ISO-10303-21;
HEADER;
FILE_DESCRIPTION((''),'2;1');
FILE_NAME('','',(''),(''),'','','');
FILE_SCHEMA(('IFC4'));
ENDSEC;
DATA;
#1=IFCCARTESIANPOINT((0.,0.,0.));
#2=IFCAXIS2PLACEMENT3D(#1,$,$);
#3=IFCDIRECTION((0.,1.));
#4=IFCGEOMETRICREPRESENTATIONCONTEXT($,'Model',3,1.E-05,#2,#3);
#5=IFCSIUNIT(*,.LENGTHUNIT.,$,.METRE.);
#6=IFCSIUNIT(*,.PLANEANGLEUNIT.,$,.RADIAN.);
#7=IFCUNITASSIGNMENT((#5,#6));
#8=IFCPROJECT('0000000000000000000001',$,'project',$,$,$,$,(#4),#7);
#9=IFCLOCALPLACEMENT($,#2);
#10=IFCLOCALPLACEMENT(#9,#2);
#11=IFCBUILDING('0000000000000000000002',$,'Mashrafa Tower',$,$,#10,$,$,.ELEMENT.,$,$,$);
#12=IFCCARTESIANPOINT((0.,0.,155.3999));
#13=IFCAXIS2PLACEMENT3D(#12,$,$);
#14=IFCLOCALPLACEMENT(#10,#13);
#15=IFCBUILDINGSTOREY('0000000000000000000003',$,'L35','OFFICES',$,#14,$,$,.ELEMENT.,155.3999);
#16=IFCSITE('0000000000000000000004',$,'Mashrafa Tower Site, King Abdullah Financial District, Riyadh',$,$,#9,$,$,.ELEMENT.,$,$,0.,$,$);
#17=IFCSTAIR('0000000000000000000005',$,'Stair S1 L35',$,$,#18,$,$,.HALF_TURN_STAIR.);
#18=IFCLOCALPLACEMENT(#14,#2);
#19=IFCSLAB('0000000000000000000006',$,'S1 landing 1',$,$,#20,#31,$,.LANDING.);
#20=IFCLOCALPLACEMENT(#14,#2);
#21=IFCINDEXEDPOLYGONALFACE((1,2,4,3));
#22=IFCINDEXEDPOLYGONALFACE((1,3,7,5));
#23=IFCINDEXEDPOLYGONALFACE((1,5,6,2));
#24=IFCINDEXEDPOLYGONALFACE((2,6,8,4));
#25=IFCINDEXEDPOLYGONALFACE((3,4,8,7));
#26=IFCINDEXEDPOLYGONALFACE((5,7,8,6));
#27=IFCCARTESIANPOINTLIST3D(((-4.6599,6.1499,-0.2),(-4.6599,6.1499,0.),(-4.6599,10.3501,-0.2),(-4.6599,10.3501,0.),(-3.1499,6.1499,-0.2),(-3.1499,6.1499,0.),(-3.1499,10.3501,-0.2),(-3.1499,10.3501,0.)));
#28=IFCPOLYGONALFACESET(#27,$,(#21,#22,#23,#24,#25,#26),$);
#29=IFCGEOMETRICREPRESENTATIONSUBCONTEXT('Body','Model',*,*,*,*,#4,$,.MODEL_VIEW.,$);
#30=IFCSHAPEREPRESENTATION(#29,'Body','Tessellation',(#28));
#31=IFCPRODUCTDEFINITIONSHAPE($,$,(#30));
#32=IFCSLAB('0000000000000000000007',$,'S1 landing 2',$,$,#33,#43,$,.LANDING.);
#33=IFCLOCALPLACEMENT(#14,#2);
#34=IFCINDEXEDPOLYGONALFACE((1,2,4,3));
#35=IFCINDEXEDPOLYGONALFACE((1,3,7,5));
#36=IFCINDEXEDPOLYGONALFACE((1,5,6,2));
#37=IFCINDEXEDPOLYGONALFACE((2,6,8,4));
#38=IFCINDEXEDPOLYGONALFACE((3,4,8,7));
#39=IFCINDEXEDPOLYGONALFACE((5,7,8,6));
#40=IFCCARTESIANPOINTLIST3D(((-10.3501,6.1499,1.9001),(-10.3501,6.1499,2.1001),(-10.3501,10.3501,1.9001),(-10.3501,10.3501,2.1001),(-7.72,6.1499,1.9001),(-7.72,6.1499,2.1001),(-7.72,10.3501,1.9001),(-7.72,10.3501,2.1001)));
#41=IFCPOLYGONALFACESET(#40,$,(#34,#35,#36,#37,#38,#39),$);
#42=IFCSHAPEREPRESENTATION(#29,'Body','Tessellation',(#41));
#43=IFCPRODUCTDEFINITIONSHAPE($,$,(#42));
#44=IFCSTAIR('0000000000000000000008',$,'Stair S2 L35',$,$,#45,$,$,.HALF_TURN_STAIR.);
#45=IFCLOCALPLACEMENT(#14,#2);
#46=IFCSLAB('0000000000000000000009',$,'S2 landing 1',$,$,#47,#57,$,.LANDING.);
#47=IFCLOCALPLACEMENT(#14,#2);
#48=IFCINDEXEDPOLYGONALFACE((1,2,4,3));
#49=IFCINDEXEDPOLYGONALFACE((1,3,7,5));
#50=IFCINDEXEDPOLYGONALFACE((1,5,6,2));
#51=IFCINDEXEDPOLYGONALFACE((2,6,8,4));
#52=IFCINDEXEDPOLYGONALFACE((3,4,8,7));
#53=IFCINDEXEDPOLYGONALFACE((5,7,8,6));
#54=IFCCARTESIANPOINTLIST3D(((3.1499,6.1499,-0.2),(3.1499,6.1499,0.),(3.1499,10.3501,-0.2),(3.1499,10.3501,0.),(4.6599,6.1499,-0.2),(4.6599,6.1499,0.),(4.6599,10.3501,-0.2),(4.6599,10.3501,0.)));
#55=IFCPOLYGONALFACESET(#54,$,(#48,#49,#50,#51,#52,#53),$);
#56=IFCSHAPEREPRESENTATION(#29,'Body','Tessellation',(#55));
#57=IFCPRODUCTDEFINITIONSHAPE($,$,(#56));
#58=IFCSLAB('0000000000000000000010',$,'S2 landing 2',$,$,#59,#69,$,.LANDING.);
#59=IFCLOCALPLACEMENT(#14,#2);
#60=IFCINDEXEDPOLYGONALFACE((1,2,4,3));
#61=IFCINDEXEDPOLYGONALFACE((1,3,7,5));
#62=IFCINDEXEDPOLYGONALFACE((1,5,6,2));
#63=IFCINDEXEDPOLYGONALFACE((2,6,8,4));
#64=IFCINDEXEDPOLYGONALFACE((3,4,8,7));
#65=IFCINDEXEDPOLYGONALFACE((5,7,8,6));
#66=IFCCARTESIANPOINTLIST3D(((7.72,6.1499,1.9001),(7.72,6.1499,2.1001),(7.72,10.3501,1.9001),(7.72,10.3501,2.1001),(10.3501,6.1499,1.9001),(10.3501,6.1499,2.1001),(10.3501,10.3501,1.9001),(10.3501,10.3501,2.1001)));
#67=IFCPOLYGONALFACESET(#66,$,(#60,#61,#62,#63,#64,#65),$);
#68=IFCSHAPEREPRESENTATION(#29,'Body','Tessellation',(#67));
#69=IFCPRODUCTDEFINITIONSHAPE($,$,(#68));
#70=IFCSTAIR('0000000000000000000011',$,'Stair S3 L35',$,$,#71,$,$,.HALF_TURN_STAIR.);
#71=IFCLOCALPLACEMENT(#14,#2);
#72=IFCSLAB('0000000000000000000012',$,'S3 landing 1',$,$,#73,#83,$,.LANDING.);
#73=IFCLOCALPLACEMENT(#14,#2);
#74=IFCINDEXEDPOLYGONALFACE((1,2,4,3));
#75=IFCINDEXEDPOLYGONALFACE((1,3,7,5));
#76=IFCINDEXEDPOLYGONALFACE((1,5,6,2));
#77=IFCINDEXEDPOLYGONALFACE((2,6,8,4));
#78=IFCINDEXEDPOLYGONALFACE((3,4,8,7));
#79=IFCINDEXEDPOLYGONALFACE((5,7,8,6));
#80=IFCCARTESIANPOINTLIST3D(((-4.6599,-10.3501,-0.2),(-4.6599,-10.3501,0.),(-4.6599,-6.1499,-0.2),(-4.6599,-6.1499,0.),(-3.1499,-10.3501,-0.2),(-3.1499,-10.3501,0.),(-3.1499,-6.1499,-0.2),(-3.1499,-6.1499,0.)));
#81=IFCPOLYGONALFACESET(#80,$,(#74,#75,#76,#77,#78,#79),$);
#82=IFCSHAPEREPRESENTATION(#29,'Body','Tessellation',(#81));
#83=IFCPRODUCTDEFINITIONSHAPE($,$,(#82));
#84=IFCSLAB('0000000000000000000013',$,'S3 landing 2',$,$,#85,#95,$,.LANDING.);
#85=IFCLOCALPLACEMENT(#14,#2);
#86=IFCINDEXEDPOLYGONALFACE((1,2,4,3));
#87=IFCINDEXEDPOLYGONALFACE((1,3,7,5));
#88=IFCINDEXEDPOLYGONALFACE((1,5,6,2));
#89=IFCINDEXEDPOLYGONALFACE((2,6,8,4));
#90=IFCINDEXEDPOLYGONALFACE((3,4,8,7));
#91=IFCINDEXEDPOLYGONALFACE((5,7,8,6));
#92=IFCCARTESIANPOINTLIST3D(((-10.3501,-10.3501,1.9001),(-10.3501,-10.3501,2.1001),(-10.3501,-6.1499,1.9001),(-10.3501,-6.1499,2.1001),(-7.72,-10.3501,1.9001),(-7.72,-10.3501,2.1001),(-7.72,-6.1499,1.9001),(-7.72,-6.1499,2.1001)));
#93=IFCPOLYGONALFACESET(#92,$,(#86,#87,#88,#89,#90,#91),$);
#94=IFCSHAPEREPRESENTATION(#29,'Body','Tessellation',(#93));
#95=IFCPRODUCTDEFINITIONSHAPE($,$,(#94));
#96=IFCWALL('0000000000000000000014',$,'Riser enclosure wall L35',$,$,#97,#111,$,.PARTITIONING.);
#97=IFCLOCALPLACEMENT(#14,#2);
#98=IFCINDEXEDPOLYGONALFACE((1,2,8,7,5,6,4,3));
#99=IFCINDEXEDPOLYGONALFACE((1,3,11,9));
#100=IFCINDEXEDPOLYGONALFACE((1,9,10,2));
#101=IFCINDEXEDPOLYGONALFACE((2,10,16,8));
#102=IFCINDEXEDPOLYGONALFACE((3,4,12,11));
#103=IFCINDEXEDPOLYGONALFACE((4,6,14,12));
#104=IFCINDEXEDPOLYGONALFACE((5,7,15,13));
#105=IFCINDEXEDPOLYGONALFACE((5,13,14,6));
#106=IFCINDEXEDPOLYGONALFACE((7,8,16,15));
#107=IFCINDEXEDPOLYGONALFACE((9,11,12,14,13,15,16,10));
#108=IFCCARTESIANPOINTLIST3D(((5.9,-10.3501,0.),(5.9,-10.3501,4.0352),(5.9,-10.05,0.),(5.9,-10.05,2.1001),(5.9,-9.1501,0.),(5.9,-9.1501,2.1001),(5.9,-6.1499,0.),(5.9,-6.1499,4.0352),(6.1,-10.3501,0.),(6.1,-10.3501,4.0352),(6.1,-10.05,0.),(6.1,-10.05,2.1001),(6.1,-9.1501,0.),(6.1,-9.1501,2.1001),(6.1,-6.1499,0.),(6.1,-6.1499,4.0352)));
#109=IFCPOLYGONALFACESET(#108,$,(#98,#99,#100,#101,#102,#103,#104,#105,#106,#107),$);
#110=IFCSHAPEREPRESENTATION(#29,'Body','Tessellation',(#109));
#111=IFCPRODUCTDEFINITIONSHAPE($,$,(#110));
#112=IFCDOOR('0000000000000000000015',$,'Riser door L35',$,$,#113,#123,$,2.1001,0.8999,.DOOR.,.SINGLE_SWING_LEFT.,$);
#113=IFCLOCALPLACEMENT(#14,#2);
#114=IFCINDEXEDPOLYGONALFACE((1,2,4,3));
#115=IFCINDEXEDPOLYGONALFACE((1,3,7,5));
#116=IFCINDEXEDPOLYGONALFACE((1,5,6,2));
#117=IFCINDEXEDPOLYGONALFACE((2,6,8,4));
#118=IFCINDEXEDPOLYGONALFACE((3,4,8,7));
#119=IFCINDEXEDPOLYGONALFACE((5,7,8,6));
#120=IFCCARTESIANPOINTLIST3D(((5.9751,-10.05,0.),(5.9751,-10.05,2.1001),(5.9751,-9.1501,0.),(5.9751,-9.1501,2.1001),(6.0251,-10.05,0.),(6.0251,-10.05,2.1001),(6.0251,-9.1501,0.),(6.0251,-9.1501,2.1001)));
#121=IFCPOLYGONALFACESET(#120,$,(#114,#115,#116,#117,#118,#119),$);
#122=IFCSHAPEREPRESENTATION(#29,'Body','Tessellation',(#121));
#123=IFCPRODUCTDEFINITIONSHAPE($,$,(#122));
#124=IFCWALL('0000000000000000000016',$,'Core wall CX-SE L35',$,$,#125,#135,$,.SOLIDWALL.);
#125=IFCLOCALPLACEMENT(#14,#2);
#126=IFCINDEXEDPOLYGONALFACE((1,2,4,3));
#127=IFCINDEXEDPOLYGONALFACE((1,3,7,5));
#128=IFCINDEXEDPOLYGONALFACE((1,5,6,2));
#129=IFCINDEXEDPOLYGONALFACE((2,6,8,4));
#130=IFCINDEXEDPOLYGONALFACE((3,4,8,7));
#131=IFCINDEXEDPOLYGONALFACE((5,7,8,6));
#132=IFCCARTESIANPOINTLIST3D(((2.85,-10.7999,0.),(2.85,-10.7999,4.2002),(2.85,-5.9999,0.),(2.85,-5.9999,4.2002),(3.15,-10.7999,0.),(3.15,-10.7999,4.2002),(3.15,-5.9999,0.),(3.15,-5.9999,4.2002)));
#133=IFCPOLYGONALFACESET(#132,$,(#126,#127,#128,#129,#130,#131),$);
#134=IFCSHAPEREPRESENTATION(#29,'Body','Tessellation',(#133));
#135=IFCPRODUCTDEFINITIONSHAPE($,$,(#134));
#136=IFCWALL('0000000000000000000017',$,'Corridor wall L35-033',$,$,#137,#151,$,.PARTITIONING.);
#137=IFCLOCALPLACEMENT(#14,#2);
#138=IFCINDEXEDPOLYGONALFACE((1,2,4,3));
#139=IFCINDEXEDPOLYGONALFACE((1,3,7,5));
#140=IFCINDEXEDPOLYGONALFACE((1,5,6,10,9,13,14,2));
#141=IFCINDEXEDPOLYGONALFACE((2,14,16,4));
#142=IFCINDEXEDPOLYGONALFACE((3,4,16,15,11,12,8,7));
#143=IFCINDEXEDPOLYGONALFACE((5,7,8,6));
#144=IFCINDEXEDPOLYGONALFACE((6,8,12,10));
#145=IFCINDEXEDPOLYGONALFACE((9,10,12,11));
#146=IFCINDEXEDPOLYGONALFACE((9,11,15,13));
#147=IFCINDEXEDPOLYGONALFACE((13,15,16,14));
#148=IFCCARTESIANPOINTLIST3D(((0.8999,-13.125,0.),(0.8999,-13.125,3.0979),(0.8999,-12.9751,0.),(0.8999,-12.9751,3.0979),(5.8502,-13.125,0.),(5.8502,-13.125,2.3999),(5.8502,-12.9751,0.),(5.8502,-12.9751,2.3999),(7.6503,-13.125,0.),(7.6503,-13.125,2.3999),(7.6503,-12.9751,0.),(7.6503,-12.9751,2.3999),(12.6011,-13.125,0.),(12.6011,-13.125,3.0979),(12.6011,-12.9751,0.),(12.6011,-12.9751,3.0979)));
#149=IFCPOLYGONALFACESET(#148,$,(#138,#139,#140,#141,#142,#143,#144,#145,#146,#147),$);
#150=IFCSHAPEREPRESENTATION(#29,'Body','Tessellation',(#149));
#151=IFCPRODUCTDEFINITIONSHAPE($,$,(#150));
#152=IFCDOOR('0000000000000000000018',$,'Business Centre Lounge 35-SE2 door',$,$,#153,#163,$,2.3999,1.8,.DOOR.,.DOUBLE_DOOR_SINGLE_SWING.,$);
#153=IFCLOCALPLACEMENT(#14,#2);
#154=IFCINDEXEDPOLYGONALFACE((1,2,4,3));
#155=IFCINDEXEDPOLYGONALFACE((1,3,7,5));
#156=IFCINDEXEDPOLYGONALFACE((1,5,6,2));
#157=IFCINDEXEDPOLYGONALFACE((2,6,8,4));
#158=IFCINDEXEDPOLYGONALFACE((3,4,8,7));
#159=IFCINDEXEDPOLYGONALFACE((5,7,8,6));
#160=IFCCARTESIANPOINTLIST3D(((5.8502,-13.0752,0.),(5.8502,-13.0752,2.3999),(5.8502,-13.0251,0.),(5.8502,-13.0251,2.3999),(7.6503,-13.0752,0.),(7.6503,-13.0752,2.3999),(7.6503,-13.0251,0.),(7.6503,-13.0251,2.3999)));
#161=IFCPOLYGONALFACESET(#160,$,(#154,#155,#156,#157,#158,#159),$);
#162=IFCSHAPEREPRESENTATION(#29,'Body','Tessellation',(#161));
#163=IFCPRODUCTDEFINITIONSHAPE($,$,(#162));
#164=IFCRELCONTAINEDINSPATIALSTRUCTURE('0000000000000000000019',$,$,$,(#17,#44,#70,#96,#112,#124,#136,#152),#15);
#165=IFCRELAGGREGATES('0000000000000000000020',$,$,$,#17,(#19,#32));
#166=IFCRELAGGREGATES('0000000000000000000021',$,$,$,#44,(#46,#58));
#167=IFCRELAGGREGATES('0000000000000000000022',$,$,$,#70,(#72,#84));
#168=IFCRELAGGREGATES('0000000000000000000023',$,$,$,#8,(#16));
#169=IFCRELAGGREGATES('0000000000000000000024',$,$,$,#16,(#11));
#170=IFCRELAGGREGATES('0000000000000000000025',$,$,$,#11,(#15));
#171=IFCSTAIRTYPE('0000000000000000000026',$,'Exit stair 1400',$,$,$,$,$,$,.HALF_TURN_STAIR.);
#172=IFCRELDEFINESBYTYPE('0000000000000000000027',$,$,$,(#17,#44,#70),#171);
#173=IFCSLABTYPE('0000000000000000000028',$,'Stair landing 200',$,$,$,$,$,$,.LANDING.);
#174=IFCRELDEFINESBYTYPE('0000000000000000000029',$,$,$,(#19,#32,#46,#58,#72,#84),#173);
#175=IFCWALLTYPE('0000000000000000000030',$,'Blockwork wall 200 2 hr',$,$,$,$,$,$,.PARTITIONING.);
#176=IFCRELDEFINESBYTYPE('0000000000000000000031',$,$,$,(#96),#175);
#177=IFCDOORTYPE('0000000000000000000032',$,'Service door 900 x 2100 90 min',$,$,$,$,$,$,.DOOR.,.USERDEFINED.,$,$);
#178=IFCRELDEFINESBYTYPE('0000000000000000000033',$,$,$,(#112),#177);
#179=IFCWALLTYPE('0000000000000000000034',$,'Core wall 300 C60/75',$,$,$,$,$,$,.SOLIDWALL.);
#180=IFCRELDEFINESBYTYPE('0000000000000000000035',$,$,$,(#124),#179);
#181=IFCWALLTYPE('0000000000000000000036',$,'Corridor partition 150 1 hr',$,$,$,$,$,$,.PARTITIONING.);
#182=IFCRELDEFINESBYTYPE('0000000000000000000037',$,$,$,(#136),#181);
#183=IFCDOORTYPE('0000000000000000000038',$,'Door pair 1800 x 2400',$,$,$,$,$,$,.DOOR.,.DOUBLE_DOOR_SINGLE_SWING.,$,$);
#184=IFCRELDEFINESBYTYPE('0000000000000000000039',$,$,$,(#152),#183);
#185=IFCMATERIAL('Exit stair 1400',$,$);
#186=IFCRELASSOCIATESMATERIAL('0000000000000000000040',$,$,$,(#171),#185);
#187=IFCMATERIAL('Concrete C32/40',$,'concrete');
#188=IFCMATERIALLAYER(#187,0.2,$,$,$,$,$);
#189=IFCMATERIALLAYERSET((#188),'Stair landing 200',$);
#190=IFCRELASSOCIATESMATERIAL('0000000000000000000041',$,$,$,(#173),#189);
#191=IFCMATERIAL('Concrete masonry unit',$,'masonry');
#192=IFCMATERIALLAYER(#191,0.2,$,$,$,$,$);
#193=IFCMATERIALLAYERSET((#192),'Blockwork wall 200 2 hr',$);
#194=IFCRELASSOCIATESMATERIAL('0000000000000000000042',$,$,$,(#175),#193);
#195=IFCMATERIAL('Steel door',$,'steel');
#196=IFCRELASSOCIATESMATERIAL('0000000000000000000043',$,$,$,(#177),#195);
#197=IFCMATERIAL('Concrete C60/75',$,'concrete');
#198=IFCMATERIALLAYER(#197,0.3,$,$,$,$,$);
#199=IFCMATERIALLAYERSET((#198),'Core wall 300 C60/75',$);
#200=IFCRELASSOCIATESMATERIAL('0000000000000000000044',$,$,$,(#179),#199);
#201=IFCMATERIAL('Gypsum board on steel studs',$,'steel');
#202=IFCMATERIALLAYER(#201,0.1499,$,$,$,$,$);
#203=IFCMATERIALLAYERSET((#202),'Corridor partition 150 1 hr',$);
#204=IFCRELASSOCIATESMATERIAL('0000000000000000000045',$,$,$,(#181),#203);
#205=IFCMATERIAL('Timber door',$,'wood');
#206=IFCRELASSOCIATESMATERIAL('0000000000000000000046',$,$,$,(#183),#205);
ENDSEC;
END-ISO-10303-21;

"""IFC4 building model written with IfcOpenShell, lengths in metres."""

from ifc_helpers import new_model, si_unit, direction, frame, frame_2d, origin, place, context, subcontext, project, spatial, polyline, rectangle, outline, extrude, material, layer, layer_set, type_object, element, fill, aggregate, save


model = new_model("IFC4")

# Units and contexts
model_context = context("Model", 3, precision=1e-05, world=origin(), true_north=direction((0.0, 1.0)))
body_context = subcontext(model_context, "Body", "Model", "MODEL_VIEW")
ifc_project = project(units=[si_unit("LENGTHUNIT", "METRE"), si_unit("PLANEANGLEUNIT", "RADIAN")], contexts=[model_context])

# Site, building, storey
site_placement = place(None, origin())
site = spatial("IfcSite", under=ifc_project, at=site_placement, Name="Mashrafa Tower Site, King Abdullah Financial District, Riyadh", CompositionType="ELEMENT", RefElevation=0.0)
building_placement = place(site_placement, origin())
building = spatial("IfcBuilding", under=site, at=building_placement, Name="Mashrafa Tower", CompositionType="ELEMENT")
storey_placement = place(building_placement, frame((0.0, 0.0, 155.3999)))
storey = spatial("IfcBuildingStorey", under=building, at=storey_placement, Name="L35", Description="OFFICES", CompositionType="ELEMENT", Elevation=155.3999)

# Stairs, slabs
ifc_material_1 = material(Name="Exit stair 1400")
stair_type = type_object("IfcStairType", Name="Exit stair 1400", PredefinedType="HALF_TURN_STAIR", material=ifc_material_1)
stair_1_placement = place(storey_placement, origin())
stair_1 = element("IfcStair", 1, at=stair_1_placement, inside=storey, type_object=stair_type, Name="Stair S1 L35", PredefinedType="HALF_TURN_STAIR")
ifc_material_2 = material(Name="Concrete C32/40", Category="concrete")
ifc_layer_1 = layer(ifc_material_2, 0.2)
ifc_layer_set_1 = layer_set([ifc_layer_1], Name="Stair landing 200")
slab_type = type_object("IfcSlabType", Name="Stair landing 200", PredefinedType="LANDING", material=ifc_layer_set_1)
slab_1_placement = place(storey_placement, frame((0.0, 0.0, -0.2)))
slab_1 = element("IfcSlab", 2, at=slab_1_placement, type_object=slab_type, Name="S1 landing 1", PredefinedType="LANDING", context=body_context, shape_type="SweptSolid", body=[
    extrude(outline(polyline([(-4.6599, 6.1499), (-3.1499, 6.1499), (-3.1499, 10.3501), (-4.6599, 10.3501), (-4.6599, 6.1499)])), origin(), (0.0, 0.0, 1.0), 0.2),
])
slab_2_placement = place(storey_placement, frame((0.0, 0.0, 1.9001)))
slab_2 = element("IfcSlab", 3, at=slab_2_placement, type_object=slab_type, Name="S1 landing 2", PredefinedType="LANDING", context=body_context, shape_type="SweptSolid", body=[
    extrude(outline(polyline([(-10.3501, 6.1499), (-7.72, 6.1499), (-7.72, 10.3501), (-10.3501, 10.3501), (-10.3501, 6.1499)])), origin(), (0.0, 0.0, 1.0), 0.2),
])
aggregate(stair_1, [slab_1, slab_2])
stair_2_placement = place(storey_placement, origin())
stair_2 = element("IfcStair", 4, at=stair_2_placement, inside=storey, type_object=stair_type, Name="Stair S2 L35", PredefinedType="HALF_TURN_STAIR")
slab_3_placement = place(storey_placement, frame((0.0, 0.0, -0.2)))
slab_3 = element("IfcSlab", 5, at=slab_3_placement, type_object=slab_type, Name="S2 landing 1", PredefinedType="LANDING", context=body_context, shape_type="SweptSolid", body=[
    extrude(outline(polyline([(3.1499, 6.1499), (4.6599, 6.1499), (4.6599, 10.3501), (3.1499, 10.3501), (3.1499, 6.1499)])), origin(), (0.0, 0.0, 1.0), 0.2),
])
slab_4_placement = place(storey_placement, frame((0.0, 0.0, 1.9001)))
slab_4 = element("IfcSlab", 6, at=slab_4_placement, type_object=slab_type, Name="S2 landing 2", PredefinedType="LANDING", context=body_context, shape_type="SweptSolid", body=[
    extrude(outline(polyline([(7.72, 6.1499), (10.3501, 6.1499), (10.3501, 10.3501), (7.72, 10.3501), (7.72, 6.1499)])), origin(), (0.0, 0.0, 1.0), 0.2),
])
aggregate(stair_2, [slab_3, slab_4])
stair_3_placement = place(storey_placement, origin())
stair_3 = element("IfcStair", 7, at=stair_3_placement, inside=storey, type_object=stair_type, Name="Stair S3 L35", PredefinedType="HALF_TURN_STAIR")
slab_5_placement = place(storey_placement, frame((0.0, 0.0, -0.2)))
slab_5 = element("IfcSlab", 8, at=slab_5_placement, type_object=slab_type, Name="S3 landing 1", PredefinedType="LANDING", context=body_context, shape_type="SweptSolid", body=[
    extrude(outline(polyline([(-4.6599, -10.3501), (-3.1499, -10.3501), (-3.1499, -6.1499), (-4.6599, -6.1499), (-4.6599, -10.3501)])), origin(), (0.0, 0.0, 1.0), 0.2),
])
slab_6_placement = place(storey_placement, frame((0.0, 0.0, 1.9001)))
slab_6 = element("IfcSlab", 9, at=slab_6_placement, type_object=slab_type, Name="S3 landing 2", PredefinedType="LANDING", context=body_context, shape_type="SweptSolid", body=[
    extrude(outline(polyline([(-10.3501, -10.3501), (-7.72, -10.3501), (-7.72, -6.1499), (-10.3501, -6.1499), (-10.3501, -10.3501)])), origin(), (0.0, 0.0, 1.0), 0.2),
])
aggregate(stair_3, [slab_5, slab_6])

# Wall, opening, door
ifc_material_3 = material(Name="Concrete masonry unit", Category="masonry")
ifc_layer_2 = layer(ifc_material_3, 0.2)
ifc_layer_set_2 = layer_set([ifc_layer_2], Name="Blockwork wall 200 2 hr")
wall_type_1 = type_object("IfcWallType", Name="Blockwork wall 200 2 hr", PredefinedType="PARTITIONING", material=ifc_layer_set_2)
wall_1_placement = place(storey_placement, frame((6.0, -10.3501, 0.0), z_axis=(0.0, 0.0, 1.0), x_axis=(0.0, 1.0, 0.0)))
wall_1 = element("IfcWall", 10, at=wall_1_placement, inside=storey, type_object=wall_type_1, Name="Riser enclosure wall L35", PredefinedType="PARTITIONING", context=body_context, shape_type="SweptSolid", body=[
    extrude(rectangle(XDim=4.2002, YDim=0.2, at=frame_2d((2.1001, 0.0))), origin(), (0.0, 0.0, 1.0), 4.0352),
])
opening_1_placement = place(wall_1_placement, frame((0.3, 0.0, 0.0)))
opening_1 = element("IfcOpeningElement", 11, at=opening_1_placement, cuts=wall_1, PredefinedType="OPENING", context=body_context, shape_type="SweptSolid", body=[
    extrude(rectangle(XDim=0.8999, YDim=2.1001, at=frame_2d((0.45, 1.05))), frame((0.0, 0.1099, 0.0), z_axis=(0.0, -1.0, 0.0), x_axis=(1.0, 0.0, 0.0)), (0.0, 0.0, 1.0), 0.22),
])
ifc_material_4 = material(Name="Steel door", Category="steel")
door_type_1 = type_object("IfcDoorType", Name="Service door 900 x 2100 90 min", OperationType="USERDEFINED", PredefinedType="DOOR", material=ifc_material_4)
door_1_placement = place(opening_1_placement, origin())
door_1 = element("IfcDoor", 12, at=door_1_placement, inside=storey, type_object=door_type_1, Name="Riser door L35", OperationType="SINGLE_SWING_LEFT", OverallHeight=2.1001, OverallWidth=0.8999, PredefinedType="DOOR", context=body_context, shape_type="SweptSolid", body=[
    extrude(rectangle(XDim=0.8999, YDim=2.1001, at=frame_2d((0.45, 1.05))), frame((0.0, 0.0249, 0.0), z_axis=(0.0, -1.0, 0.0), x_axis=(1.0, 0.0, 0.0)), (0.0, 0.0, 1.0), 0.05),
])
fill(opening_1, door_1)

# Wall
ifc_material_5 = material(Name="Concrete C60/75", Category="concrete")
ifc_layer_3 = layer(ifc_material_5, 0.3)
ifc_layer_set_3 = layer_set([ifc_layer_3], Name="Core wall 300 C60/75")
wall_type_2 = type_object("IfcWallType", Name="Core wall 300 C60/75", PredefinedType="SOLIDWALL", material=ifc_layer_set_3)
wall_2_placement = place(storey_placement, frame((3.0, -6.0, 0.0), z_axis=(0.0, 0.0, 1.0), x_axis=(0.0, -1.0, 0.0)))
element("IfcWall", 13, at=wall_2_placement, inside=storey, type_object=wall_type_2, Name="Core wall CX-SE L35", PredefinedType="SOLIDWALL", context=body_context, shape_type="SweptSolid", body=[
    extrude(rectangle(XDim=4.8, YDim=0.3, at=frame_2d((2.3999, 0.0))), origin(), (0.0, 0.0, 1.0), 4.2002),
])

# Wall, opening, door
ifc_material_6 = material(Name="Gypsum board on steel studs", Category="steel")
ifc_layer_4 = layer(ifc_material_6, 0.1499)
ifc_layer_set_4 = layer_set([ifc_layer_4], Name="Corridor partition 150 1 hr")
wall_type_3 = type_object("IfcWallType", Name="Corridor partition 150 1 hr", PredefinedType="PARTITIONING", material=ifc_layer_set_4)
wall_3_placement = place(storey_placement, frame((0.8999, -13.05, 0.0), z_axis=(0.0, 0.0, 1.0), x_axis=(1.0, 0.0, 0.0)))
wall_3 = element("IfcWall", 14, at=wall_3_placement, inside=storey, type_object=wall_type_3, Name="Corridor wall L35-033", PredefinedType="PARTITIONING", context=body_context, shape_type="SweptSolid", body=[
    extrude(rectangle(XDim=11.7012, YDim=0.1499, at=frame_2d((5.8506, 0.0))), origin(), (0.0, 0.0, 1.0), 3.0979),
])
opening_2_placement = place(wall_3_placement, frame((4.9504, 0.0, 0.0)))
opening_2 = element("IfcOpeningElement", 15, at=opening_2_placement, cuts=wall_3, PredefinedType="OPENING", context=body_context, shape_type="SweptSolid", body=[
    extrude(rectangle(XDim=1.8, YDim=2.3999, at=frame_2d((0.8999, 1.2))), frame((0.0, 0.085, 0.0), z_axis=(0.0, -1.0, 0.0), x_axis=(1.0, 0.0, 0.0)), (0.0, 0.0, 1.0), 0.1699),
])
ifc_material_7 = material(Name="Timber door", Category="wood")
door_type_2 = type_object("IfcDoorType", Name="Door pair 1800 x 2400", OperationType="DOUBLE_DOOR_SINGLE_SWING", PredefinedType="DOOR", material=ifc_material_7)
door_2_placement = place(opening_2_placement, origin())
door_2 = element("IfcDoor", 16, at=door_2_placement, inside=storey, type_object=door_type_2, Name="Business Centre Lounge 35-SE2 door", OperationType="DOUBLE_DOOR_SINGLE_SWING", OverallHeight=2.3999, OverallWidth=1.8, PredefinedType="DOOR", context=body_context, shape_type="SweptSolid", body=[
    extrude(rectangle(XDim=1.8, YDim=2.3999, at=frame_2d((0.8999, 1.2))), frame((0.0, 0.0249, 0.0), z_axis=(0.0, -1.0, 0.0), x_axis=(1.0, 0.0, 0.0)), (0.0, 0.0, 1.0), 0.05),
])
fill(opening_2, door_2)

save(model, "model.ifc")
